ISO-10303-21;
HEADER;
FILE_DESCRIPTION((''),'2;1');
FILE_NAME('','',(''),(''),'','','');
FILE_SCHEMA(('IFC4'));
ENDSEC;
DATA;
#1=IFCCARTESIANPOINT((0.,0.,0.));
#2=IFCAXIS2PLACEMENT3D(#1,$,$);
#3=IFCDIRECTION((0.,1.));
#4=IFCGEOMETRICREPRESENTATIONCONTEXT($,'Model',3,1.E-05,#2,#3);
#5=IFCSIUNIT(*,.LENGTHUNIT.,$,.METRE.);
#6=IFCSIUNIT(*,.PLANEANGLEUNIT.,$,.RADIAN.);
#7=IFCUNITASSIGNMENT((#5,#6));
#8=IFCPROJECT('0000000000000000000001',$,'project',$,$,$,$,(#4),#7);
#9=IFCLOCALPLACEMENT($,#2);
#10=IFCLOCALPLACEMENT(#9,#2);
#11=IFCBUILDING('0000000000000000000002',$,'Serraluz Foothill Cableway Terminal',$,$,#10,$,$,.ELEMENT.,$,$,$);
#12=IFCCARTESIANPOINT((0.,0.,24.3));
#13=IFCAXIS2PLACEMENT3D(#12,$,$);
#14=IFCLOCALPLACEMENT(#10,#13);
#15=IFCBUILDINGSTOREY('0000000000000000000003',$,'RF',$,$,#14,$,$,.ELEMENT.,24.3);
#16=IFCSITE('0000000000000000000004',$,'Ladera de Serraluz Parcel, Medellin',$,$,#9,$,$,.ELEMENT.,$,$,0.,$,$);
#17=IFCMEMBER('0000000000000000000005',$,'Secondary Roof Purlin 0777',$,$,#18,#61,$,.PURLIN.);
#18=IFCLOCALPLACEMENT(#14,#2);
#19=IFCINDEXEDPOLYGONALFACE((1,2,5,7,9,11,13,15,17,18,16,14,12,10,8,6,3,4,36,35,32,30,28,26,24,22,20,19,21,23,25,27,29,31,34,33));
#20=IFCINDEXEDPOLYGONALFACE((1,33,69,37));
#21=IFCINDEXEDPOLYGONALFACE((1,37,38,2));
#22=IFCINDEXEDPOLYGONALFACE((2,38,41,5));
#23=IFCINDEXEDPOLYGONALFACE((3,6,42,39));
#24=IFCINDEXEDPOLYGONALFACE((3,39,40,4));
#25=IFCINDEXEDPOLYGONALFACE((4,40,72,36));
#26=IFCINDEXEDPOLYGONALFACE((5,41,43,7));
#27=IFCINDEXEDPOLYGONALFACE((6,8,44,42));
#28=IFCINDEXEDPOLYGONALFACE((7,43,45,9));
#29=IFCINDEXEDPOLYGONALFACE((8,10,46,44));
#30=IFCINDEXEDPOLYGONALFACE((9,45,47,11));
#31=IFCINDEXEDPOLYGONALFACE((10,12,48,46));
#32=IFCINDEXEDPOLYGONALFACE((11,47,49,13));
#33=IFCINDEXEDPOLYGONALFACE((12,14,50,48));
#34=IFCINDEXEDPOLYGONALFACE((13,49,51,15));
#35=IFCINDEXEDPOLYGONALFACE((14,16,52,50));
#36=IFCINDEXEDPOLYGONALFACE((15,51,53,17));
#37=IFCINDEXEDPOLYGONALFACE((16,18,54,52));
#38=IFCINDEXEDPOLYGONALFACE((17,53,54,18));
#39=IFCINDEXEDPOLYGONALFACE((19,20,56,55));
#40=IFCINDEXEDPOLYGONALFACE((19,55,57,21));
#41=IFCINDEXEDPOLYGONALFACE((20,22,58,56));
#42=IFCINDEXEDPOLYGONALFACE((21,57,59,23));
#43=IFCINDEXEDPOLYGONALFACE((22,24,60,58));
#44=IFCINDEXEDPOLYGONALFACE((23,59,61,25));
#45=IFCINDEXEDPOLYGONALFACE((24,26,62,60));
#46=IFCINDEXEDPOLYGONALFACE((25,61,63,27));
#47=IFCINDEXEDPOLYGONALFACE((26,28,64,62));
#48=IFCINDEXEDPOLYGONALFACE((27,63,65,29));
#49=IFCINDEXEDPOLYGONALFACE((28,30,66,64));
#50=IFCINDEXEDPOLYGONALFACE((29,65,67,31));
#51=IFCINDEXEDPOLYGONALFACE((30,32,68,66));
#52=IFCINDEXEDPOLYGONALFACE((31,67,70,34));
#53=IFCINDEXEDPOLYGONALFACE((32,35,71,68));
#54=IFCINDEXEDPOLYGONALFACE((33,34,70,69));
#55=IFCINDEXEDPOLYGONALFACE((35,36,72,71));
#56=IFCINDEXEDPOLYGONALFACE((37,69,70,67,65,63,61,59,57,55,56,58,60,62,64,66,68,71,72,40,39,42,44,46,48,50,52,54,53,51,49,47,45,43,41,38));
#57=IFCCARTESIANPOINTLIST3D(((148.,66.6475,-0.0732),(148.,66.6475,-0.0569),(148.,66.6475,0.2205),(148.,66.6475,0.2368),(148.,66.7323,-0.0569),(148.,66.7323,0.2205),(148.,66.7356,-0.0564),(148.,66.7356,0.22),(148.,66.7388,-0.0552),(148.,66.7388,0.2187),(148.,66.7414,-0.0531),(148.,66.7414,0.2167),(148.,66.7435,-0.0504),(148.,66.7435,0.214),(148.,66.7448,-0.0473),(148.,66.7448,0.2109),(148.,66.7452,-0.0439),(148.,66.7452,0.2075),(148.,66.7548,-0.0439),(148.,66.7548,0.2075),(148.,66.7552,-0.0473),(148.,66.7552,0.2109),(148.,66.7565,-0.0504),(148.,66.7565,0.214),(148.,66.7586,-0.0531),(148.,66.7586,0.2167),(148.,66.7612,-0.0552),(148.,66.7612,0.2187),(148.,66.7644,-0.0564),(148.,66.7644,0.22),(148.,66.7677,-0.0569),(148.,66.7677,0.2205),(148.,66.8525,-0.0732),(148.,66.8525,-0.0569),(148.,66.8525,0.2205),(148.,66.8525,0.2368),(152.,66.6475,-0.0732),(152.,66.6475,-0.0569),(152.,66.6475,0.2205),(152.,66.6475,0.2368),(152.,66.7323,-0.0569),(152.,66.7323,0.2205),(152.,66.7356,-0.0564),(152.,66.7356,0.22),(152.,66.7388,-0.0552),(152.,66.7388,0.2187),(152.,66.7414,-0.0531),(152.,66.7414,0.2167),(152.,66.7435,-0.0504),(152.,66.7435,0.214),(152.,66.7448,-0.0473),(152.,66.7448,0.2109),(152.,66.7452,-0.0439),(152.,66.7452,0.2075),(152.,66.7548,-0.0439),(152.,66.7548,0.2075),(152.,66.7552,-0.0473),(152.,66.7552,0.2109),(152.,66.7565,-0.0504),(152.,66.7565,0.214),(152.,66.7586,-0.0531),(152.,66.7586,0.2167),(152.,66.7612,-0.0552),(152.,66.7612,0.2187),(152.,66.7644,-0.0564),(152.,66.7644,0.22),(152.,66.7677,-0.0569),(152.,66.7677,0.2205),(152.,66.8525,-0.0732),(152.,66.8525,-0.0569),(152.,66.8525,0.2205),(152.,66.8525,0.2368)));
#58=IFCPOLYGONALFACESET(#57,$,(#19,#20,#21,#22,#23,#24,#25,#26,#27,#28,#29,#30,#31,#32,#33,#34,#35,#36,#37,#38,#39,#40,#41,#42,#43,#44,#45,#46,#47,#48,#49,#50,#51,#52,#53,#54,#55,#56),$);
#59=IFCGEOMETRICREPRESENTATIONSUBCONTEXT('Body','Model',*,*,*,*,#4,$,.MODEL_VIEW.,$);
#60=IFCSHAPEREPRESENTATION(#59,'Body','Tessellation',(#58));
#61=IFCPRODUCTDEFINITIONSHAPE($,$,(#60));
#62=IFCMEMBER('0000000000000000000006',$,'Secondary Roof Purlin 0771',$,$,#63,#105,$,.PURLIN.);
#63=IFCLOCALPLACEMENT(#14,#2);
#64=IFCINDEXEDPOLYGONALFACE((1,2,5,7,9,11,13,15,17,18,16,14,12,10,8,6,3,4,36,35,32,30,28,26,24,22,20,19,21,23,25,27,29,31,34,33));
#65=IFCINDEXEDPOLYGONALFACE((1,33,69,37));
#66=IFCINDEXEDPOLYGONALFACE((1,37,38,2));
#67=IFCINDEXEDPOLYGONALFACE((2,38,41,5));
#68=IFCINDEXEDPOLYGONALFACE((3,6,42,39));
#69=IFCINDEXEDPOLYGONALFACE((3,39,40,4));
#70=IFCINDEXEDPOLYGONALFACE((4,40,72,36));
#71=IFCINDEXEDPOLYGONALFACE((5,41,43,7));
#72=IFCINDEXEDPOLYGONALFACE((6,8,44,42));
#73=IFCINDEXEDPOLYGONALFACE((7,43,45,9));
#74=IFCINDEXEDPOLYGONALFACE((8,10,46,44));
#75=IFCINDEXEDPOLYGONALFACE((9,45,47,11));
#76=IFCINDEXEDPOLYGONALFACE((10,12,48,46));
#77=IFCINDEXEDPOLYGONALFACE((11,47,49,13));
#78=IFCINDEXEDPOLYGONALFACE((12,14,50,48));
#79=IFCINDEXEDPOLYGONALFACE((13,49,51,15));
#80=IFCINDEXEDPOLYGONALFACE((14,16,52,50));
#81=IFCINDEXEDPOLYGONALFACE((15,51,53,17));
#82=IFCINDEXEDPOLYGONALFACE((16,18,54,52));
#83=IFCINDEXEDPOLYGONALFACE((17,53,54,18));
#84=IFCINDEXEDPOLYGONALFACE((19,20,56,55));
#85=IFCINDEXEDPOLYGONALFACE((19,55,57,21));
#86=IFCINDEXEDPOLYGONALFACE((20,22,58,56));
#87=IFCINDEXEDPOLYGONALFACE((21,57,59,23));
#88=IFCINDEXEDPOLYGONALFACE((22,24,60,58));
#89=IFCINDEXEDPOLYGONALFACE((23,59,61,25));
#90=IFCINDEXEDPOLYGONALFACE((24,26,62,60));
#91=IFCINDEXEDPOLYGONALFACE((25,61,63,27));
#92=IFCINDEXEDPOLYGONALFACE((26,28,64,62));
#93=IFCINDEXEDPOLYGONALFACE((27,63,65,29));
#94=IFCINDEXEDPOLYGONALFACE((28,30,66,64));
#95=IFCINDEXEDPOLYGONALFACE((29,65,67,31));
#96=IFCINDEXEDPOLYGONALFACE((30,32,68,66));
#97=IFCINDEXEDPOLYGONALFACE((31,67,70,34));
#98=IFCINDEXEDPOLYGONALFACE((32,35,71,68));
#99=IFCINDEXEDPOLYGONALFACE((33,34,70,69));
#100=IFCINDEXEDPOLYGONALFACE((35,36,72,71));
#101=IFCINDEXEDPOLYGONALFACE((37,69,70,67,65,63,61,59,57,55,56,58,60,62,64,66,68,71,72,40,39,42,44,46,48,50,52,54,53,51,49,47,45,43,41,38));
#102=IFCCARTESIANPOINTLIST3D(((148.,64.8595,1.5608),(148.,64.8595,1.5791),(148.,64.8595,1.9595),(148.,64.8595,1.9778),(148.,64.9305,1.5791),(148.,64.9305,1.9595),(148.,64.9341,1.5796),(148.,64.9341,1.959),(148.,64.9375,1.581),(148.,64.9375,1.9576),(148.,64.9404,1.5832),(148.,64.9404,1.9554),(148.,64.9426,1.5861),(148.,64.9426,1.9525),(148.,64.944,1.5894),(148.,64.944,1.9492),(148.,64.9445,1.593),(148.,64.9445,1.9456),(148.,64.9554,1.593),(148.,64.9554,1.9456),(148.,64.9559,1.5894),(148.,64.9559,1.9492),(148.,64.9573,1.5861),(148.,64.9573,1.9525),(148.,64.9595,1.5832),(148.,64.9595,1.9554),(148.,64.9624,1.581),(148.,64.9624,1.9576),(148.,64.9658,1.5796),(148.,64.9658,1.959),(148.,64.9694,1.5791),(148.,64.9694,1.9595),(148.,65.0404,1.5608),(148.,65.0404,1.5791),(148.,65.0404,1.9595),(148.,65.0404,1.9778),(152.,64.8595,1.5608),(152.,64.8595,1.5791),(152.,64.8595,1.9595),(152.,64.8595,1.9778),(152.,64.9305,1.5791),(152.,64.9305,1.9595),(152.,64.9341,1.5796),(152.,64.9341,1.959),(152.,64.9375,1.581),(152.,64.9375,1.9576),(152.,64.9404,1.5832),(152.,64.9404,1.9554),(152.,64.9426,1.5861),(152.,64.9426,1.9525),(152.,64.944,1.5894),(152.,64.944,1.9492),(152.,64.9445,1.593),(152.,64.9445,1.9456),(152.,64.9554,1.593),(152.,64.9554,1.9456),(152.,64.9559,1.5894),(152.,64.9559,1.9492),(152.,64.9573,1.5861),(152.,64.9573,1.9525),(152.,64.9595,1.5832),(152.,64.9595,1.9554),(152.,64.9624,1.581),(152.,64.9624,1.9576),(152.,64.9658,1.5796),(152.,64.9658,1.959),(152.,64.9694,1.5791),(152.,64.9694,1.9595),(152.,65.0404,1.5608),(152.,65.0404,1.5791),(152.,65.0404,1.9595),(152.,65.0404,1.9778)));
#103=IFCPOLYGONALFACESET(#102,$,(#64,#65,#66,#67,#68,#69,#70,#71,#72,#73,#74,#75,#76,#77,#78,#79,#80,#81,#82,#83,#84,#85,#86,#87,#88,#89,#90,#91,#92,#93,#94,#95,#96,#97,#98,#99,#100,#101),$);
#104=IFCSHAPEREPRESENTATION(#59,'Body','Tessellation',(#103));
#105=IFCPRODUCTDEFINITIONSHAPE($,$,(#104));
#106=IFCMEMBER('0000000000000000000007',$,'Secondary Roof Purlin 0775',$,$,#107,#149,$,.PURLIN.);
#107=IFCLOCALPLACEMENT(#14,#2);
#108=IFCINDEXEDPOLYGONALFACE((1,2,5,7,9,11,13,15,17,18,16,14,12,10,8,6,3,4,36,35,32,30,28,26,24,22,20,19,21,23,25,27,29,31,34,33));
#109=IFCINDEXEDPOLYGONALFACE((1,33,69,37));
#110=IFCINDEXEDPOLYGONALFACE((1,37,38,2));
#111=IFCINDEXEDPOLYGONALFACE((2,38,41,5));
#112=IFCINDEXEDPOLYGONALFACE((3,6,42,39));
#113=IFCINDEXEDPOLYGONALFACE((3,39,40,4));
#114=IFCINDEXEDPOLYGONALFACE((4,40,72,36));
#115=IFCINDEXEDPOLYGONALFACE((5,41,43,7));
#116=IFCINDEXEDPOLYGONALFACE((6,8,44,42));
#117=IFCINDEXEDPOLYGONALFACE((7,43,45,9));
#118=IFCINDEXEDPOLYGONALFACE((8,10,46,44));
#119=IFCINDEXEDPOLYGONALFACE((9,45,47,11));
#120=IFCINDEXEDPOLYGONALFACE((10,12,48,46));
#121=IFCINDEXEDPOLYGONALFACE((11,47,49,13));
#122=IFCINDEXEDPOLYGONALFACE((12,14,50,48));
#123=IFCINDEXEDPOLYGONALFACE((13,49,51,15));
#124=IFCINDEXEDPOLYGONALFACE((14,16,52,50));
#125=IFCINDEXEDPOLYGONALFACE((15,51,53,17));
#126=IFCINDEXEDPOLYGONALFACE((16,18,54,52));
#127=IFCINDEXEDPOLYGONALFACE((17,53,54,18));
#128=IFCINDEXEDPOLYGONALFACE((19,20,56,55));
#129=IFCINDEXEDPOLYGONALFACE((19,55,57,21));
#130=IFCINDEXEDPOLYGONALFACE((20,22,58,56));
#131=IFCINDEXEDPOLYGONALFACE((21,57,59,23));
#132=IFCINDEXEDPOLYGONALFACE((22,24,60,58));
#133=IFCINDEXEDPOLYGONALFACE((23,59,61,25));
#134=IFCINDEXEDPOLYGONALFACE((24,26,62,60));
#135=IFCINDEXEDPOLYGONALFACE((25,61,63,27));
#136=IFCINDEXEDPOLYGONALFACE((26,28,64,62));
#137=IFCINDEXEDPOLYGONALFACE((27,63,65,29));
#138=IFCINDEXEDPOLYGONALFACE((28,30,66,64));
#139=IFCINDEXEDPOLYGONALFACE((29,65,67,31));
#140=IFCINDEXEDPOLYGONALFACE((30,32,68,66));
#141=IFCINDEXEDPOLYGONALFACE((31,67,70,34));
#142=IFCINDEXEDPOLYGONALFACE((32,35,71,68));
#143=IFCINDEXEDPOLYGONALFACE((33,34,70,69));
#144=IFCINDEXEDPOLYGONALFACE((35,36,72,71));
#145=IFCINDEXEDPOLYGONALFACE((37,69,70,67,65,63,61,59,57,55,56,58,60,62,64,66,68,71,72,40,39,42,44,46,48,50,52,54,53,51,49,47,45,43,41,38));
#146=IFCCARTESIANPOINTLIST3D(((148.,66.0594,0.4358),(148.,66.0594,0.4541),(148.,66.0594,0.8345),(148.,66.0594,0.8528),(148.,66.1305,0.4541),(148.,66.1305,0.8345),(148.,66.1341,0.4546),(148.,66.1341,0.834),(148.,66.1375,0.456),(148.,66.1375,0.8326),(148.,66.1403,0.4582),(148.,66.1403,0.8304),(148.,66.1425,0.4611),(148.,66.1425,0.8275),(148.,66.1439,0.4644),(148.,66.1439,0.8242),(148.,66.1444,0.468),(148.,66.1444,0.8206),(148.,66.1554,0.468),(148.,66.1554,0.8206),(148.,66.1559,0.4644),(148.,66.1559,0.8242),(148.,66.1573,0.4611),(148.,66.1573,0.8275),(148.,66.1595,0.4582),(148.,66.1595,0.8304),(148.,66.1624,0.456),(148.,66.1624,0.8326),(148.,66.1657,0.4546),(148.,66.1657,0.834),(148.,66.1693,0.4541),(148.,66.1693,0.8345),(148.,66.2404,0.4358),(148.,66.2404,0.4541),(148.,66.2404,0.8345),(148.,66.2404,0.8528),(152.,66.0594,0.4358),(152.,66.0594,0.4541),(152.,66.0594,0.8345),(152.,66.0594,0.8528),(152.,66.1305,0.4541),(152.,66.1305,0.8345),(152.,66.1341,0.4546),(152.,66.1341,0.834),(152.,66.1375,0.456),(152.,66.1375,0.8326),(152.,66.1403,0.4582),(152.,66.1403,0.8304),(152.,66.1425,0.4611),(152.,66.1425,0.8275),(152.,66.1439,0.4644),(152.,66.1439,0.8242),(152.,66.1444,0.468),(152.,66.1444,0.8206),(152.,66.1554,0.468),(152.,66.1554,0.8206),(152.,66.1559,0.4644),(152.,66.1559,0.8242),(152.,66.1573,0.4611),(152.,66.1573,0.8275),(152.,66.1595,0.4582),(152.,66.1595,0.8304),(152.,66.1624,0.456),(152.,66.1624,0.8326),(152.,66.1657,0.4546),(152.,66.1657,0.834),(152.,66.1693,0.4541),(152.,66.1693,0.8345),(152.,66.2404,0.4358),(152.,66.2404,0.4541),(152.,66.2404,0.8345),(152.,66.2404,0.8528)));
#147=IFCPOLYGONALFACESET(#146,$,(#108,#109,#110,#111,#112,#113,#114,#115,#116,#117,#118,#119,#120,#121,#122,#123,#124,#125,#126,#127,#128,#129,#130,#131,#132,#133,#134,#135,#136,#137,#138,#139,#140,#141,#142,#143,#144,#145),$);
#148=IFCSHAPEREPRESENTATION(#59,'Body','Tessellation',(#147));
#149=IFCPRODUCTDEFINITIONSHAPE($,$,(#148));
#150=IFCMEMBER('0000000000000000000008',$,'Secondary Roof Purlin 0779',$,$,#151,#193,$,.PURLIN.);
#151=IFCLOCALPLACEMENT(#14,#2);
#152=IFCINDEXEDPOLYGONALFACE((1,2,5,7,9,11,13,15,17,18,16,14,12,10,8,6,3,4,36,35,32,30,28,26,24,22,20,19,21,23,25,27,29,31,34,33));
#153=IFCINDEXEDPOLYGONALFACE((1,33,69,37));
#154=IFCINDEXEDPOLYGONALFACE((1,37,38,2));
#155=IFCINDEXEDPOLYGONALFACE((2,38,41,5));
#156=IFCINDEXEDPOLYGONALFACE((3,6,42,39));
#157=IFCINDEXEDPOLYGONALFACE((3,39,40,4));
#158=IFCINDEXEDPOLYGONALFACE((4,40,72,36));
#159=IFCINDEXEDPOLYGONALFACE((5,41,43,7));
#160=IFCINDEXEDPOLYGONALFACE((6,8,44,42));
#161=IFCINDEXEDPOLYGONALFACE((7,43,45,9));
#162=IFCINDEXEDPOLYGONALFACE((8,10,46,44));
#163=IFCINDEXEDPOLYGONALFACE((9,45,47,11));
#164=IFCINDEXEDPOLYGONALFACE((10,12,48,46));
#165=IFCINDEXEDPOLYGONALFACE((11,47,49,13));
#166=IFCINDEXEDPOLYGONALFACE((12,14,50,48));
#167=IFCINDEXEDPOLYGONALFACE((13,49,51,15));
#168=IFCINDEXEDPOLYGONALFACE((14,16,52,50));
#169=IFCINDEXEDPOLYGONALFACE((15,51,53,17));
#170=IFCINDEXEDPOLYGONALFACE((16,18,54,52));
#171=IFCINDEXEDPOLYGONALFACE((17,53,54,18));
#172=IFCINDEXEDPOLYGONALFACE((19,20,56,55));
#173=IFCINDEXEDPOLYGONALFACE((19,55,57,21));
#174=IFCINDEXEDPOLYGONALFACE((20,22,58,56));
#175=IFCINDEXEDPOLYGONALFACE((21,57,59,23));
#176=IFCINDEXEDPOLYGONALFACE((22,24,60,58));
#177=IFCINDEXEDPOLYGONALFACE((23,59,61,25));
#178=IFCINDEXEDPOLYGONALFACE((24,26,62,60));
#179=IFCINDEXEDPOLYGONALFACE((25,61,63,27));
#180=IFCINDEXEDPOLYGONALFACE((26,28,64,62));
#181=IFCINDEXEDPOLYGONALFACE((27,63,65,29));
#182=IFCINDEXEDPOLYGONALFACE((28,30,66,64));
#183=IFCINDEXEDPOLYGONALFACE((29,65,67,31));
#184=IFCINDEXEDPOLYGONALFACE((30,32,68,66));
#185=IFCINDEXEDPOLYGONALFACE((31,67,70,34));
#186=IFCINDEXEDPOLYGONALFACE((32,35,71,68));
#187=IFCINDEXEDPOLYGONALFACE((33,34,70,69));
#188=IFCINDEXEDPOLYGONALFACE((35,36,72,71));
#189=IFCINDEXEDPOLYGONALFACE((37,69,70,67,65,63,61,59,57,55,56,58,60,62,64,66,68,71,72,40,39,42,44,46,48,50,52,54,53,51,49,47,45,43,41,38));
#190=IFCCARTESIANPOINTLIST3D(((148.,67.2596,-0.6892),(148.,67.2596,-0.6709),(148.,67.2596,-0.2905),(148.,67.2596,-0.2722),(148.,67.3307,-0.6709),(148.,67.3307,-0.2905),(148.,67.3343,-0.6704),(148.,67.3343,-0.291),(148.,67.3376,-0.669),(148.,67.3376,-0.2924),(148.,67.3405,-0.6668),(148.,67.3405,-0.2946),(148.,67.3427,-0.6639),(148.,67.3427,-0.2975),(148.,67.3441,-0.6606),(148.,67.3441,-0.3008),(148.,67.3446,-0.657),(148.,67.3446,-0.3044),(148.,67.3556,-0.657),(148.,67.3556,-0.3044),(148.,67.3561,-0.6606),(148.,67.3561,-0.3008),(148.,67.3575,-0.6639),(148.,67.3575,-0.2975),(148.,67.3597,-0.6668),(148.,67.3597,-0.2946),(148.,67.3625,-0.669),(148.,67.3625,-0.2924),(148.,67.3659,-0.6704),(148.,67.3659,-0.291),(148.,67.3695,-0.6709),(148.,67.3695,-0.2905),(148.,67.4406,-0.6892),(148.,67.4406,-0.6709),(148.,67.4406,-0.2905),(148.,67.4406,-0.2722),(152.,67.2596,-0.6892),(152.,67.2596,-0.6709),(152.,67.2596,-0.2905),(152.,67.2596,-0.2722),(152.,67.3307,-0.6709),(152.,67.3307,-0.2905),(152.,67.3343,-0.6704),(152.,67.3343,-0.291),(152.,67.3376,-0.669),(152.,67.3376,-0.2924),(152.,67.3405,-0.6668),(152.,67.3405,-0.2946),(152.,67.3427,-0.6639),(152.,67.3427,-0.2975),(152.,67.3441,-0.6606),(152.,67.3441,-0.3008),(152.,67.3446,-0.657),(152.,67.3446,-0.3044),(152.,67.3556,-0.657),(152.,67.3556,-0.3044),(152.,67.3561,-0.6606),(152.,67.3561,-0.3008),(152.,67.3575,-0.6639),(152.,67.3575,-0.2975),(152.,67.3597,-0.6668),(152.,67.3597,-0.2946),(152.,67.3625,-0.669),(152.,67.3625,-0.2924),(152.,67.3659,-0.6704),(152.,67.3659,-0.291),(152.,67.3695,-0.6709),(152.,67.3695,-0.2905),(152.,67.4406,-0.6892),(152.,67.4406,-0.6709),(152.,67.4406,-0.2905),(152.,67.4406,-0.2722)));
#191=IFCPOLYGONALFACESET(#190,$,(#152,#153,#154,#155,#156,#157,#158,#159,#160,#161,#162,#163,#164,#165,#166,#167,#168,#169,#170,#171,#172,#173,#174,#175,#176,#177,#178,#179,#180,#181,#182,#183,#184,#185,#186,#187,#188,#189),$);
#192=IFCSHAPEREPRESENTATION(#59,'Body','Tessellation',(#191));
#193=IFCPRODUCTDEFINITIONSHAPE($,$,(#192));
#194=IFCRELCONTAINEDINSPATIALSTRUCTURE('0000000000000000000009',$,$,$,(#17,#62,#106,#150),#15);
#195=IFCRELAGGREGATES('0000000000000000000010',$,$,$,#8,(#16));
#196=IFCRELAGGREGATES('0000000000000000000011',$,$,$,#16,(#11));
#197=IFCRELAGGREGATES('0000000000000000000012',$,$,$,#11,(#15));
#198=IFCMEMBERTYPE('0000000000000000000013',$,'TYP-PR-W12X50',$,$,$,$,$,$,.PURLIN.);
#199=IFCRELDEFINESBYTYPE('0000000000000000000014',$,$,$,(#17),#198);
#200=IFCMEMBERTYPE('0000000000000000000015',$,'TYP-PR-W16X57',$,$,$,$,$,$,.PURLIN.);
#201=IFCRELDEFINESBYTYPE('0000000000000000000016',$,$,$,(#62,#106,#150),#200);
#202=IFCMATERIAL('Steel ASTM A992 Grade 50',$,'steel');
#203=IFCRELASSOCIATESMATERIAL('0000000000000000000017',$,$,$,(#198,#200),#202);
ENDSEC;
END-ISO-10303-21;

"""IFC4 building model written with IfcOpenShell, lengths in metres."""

from ifc_helpers import new_model, si_unit, direction, frame, origin, origin_2d, place, context, subcontext, project, spatial, i_section, extrude, material, material_profile, profile_set, type_object, element, save


model = new_model("IFC4")

# Units and contexts
model_context = context("Model", 3, precision=1e-05, world=origin(), true_north=direction((0.0, 1.0)))
body_context = subcontext(model_context, "Body", "Model", "MODEL_VIEW")
ifc_project = project(units=[si_unit("LENGTHUNIT", "METRE"), si_unit("PLANEANGLEUNIT", "RADIAN")], contexts=[model_context])

# Site, building, storey
site_placement = place(None, origin())
site = spatial("IfcSite", under=ifc_project, at=site_placement, Name="Ladera de Serraluz Parcel, Medellin", CompositionType="ELEMENT", RefElevation=0.0)
building_placement = place(site_placement, origin())
building = spatial("IfcBuilding", under=site, at=building_placement, Name="Serraluz Foothill Cableway Terminal", CompositionType="ELEMENT")
storey_placement = place(building_placement, frame((0.0, 0.0, 24.3)))
storey = spatial("IfcBuildingStorey", under=building, at=storey_placement, Name="RF", CompositionType="ELEMENT", Elevation=24.3)

# Members
ifc_material_1 = material(Name="Steel ASTM A992 Grade 50", Category="steel")
ifc_material_profile_1 = material_profile(ifc_material_1, i_section(OverallWidth=0.2051, OverallDepth=0.3101, WebThickness=0.0095, FlangeThickness=0.0164, FilletRadius=0.0129, at=origin_2d()), Name="W12X50")
ifc_profile_set_1 = profile_set([ifc_material_profile_1], Name="Steel ASTM A992 Grade 50")
member_type_1 = type_object("IfcMemberType", Name="TYP-PR-W12X50", PredefinedType="PURLIN", material=ifc_profile_set_1)
for number, where, z_axis, x_axis, name in (
    (1, (148.0, 66.75, 0.0818), (1.0, 0.0, 0.0), (0.0, 1.0, 0.0), "Secondary Roof Purlin 0777"),
):
    element("IfcMember", number, at=place(storey_placement, frame(where, z_axis=z_axis, x_axis=x_axis)), inside=storey, type_object=member_type_1, Name=name, PredefinedType="PURLIN", context=body_context, shape_type="SweptSolid", body=[
        extrude(i_section(OverallWidth=0.2051, OverallDepth=0.3101, WebThickness=0.0095, FlangeThickness=0.0164, FilletRadius=0.0129, at=origin_2d()), origin(), (0.0, 0.0, 1.0), 4.0),
    ])
ifc_material_profile_2 = material_profile(ifc_material_1, i_section(OverallWidth=0.1809, OverallDepth=0.417, WebThickness=0.011, FlangeThickness=0.0183, FilletRadius=0.0139, at=origin_2d()), Name="W16X57")
ifc_profile_set_2 = profile_set([ifc_material_profile_2], Name="Steel ASTM A992 Grade 50")
member_type_2 = type_object("IfcMemberType", Name="TYP-PR-W16X57", PredefinedType="PURLIN", material=ifc_profile_set_2)
for number, where, z_axis, x_axis, name in (
    (2, (148.0, 64.95, 1.7693), (1.0, 0.0, 0.0), (0.0, 1.0, 0.0), "Secondary Roof Purlin 0771"),
    (3, (148.0, 66.1499, 0.6443), (1.0, 0.0, 0.0), (0.0, 1.0, 0.0), "Secondary Roof Purlin 0775"),
    (4, (148.0, 67.3501, -0.4807), (1.0, 0.0, 0.0), (0.0, 1.0, 0.0), "Secondary Roof Purlin 0779"),
):
    element("IfcMember", number, at=place(storey_placement, frame(where, z_axis=z_axis, x_axis=x_axis)), inside=storey, type_object=member_type_2, Name=name, PredefinedType="PURLIN", context=body_context, shape_type="SweptSolid", body=[
        extrude(i_section(OverallWidth=0.1809, OverallDepth=0.417, WebThickness=0.011, FlangeThickness=0.0183, FilletRadius=0.0139, at=origin_2d()), origin(), (0.0, 0.0, 1.0), 4.0),
    ])

save(model, "model.ifc")
